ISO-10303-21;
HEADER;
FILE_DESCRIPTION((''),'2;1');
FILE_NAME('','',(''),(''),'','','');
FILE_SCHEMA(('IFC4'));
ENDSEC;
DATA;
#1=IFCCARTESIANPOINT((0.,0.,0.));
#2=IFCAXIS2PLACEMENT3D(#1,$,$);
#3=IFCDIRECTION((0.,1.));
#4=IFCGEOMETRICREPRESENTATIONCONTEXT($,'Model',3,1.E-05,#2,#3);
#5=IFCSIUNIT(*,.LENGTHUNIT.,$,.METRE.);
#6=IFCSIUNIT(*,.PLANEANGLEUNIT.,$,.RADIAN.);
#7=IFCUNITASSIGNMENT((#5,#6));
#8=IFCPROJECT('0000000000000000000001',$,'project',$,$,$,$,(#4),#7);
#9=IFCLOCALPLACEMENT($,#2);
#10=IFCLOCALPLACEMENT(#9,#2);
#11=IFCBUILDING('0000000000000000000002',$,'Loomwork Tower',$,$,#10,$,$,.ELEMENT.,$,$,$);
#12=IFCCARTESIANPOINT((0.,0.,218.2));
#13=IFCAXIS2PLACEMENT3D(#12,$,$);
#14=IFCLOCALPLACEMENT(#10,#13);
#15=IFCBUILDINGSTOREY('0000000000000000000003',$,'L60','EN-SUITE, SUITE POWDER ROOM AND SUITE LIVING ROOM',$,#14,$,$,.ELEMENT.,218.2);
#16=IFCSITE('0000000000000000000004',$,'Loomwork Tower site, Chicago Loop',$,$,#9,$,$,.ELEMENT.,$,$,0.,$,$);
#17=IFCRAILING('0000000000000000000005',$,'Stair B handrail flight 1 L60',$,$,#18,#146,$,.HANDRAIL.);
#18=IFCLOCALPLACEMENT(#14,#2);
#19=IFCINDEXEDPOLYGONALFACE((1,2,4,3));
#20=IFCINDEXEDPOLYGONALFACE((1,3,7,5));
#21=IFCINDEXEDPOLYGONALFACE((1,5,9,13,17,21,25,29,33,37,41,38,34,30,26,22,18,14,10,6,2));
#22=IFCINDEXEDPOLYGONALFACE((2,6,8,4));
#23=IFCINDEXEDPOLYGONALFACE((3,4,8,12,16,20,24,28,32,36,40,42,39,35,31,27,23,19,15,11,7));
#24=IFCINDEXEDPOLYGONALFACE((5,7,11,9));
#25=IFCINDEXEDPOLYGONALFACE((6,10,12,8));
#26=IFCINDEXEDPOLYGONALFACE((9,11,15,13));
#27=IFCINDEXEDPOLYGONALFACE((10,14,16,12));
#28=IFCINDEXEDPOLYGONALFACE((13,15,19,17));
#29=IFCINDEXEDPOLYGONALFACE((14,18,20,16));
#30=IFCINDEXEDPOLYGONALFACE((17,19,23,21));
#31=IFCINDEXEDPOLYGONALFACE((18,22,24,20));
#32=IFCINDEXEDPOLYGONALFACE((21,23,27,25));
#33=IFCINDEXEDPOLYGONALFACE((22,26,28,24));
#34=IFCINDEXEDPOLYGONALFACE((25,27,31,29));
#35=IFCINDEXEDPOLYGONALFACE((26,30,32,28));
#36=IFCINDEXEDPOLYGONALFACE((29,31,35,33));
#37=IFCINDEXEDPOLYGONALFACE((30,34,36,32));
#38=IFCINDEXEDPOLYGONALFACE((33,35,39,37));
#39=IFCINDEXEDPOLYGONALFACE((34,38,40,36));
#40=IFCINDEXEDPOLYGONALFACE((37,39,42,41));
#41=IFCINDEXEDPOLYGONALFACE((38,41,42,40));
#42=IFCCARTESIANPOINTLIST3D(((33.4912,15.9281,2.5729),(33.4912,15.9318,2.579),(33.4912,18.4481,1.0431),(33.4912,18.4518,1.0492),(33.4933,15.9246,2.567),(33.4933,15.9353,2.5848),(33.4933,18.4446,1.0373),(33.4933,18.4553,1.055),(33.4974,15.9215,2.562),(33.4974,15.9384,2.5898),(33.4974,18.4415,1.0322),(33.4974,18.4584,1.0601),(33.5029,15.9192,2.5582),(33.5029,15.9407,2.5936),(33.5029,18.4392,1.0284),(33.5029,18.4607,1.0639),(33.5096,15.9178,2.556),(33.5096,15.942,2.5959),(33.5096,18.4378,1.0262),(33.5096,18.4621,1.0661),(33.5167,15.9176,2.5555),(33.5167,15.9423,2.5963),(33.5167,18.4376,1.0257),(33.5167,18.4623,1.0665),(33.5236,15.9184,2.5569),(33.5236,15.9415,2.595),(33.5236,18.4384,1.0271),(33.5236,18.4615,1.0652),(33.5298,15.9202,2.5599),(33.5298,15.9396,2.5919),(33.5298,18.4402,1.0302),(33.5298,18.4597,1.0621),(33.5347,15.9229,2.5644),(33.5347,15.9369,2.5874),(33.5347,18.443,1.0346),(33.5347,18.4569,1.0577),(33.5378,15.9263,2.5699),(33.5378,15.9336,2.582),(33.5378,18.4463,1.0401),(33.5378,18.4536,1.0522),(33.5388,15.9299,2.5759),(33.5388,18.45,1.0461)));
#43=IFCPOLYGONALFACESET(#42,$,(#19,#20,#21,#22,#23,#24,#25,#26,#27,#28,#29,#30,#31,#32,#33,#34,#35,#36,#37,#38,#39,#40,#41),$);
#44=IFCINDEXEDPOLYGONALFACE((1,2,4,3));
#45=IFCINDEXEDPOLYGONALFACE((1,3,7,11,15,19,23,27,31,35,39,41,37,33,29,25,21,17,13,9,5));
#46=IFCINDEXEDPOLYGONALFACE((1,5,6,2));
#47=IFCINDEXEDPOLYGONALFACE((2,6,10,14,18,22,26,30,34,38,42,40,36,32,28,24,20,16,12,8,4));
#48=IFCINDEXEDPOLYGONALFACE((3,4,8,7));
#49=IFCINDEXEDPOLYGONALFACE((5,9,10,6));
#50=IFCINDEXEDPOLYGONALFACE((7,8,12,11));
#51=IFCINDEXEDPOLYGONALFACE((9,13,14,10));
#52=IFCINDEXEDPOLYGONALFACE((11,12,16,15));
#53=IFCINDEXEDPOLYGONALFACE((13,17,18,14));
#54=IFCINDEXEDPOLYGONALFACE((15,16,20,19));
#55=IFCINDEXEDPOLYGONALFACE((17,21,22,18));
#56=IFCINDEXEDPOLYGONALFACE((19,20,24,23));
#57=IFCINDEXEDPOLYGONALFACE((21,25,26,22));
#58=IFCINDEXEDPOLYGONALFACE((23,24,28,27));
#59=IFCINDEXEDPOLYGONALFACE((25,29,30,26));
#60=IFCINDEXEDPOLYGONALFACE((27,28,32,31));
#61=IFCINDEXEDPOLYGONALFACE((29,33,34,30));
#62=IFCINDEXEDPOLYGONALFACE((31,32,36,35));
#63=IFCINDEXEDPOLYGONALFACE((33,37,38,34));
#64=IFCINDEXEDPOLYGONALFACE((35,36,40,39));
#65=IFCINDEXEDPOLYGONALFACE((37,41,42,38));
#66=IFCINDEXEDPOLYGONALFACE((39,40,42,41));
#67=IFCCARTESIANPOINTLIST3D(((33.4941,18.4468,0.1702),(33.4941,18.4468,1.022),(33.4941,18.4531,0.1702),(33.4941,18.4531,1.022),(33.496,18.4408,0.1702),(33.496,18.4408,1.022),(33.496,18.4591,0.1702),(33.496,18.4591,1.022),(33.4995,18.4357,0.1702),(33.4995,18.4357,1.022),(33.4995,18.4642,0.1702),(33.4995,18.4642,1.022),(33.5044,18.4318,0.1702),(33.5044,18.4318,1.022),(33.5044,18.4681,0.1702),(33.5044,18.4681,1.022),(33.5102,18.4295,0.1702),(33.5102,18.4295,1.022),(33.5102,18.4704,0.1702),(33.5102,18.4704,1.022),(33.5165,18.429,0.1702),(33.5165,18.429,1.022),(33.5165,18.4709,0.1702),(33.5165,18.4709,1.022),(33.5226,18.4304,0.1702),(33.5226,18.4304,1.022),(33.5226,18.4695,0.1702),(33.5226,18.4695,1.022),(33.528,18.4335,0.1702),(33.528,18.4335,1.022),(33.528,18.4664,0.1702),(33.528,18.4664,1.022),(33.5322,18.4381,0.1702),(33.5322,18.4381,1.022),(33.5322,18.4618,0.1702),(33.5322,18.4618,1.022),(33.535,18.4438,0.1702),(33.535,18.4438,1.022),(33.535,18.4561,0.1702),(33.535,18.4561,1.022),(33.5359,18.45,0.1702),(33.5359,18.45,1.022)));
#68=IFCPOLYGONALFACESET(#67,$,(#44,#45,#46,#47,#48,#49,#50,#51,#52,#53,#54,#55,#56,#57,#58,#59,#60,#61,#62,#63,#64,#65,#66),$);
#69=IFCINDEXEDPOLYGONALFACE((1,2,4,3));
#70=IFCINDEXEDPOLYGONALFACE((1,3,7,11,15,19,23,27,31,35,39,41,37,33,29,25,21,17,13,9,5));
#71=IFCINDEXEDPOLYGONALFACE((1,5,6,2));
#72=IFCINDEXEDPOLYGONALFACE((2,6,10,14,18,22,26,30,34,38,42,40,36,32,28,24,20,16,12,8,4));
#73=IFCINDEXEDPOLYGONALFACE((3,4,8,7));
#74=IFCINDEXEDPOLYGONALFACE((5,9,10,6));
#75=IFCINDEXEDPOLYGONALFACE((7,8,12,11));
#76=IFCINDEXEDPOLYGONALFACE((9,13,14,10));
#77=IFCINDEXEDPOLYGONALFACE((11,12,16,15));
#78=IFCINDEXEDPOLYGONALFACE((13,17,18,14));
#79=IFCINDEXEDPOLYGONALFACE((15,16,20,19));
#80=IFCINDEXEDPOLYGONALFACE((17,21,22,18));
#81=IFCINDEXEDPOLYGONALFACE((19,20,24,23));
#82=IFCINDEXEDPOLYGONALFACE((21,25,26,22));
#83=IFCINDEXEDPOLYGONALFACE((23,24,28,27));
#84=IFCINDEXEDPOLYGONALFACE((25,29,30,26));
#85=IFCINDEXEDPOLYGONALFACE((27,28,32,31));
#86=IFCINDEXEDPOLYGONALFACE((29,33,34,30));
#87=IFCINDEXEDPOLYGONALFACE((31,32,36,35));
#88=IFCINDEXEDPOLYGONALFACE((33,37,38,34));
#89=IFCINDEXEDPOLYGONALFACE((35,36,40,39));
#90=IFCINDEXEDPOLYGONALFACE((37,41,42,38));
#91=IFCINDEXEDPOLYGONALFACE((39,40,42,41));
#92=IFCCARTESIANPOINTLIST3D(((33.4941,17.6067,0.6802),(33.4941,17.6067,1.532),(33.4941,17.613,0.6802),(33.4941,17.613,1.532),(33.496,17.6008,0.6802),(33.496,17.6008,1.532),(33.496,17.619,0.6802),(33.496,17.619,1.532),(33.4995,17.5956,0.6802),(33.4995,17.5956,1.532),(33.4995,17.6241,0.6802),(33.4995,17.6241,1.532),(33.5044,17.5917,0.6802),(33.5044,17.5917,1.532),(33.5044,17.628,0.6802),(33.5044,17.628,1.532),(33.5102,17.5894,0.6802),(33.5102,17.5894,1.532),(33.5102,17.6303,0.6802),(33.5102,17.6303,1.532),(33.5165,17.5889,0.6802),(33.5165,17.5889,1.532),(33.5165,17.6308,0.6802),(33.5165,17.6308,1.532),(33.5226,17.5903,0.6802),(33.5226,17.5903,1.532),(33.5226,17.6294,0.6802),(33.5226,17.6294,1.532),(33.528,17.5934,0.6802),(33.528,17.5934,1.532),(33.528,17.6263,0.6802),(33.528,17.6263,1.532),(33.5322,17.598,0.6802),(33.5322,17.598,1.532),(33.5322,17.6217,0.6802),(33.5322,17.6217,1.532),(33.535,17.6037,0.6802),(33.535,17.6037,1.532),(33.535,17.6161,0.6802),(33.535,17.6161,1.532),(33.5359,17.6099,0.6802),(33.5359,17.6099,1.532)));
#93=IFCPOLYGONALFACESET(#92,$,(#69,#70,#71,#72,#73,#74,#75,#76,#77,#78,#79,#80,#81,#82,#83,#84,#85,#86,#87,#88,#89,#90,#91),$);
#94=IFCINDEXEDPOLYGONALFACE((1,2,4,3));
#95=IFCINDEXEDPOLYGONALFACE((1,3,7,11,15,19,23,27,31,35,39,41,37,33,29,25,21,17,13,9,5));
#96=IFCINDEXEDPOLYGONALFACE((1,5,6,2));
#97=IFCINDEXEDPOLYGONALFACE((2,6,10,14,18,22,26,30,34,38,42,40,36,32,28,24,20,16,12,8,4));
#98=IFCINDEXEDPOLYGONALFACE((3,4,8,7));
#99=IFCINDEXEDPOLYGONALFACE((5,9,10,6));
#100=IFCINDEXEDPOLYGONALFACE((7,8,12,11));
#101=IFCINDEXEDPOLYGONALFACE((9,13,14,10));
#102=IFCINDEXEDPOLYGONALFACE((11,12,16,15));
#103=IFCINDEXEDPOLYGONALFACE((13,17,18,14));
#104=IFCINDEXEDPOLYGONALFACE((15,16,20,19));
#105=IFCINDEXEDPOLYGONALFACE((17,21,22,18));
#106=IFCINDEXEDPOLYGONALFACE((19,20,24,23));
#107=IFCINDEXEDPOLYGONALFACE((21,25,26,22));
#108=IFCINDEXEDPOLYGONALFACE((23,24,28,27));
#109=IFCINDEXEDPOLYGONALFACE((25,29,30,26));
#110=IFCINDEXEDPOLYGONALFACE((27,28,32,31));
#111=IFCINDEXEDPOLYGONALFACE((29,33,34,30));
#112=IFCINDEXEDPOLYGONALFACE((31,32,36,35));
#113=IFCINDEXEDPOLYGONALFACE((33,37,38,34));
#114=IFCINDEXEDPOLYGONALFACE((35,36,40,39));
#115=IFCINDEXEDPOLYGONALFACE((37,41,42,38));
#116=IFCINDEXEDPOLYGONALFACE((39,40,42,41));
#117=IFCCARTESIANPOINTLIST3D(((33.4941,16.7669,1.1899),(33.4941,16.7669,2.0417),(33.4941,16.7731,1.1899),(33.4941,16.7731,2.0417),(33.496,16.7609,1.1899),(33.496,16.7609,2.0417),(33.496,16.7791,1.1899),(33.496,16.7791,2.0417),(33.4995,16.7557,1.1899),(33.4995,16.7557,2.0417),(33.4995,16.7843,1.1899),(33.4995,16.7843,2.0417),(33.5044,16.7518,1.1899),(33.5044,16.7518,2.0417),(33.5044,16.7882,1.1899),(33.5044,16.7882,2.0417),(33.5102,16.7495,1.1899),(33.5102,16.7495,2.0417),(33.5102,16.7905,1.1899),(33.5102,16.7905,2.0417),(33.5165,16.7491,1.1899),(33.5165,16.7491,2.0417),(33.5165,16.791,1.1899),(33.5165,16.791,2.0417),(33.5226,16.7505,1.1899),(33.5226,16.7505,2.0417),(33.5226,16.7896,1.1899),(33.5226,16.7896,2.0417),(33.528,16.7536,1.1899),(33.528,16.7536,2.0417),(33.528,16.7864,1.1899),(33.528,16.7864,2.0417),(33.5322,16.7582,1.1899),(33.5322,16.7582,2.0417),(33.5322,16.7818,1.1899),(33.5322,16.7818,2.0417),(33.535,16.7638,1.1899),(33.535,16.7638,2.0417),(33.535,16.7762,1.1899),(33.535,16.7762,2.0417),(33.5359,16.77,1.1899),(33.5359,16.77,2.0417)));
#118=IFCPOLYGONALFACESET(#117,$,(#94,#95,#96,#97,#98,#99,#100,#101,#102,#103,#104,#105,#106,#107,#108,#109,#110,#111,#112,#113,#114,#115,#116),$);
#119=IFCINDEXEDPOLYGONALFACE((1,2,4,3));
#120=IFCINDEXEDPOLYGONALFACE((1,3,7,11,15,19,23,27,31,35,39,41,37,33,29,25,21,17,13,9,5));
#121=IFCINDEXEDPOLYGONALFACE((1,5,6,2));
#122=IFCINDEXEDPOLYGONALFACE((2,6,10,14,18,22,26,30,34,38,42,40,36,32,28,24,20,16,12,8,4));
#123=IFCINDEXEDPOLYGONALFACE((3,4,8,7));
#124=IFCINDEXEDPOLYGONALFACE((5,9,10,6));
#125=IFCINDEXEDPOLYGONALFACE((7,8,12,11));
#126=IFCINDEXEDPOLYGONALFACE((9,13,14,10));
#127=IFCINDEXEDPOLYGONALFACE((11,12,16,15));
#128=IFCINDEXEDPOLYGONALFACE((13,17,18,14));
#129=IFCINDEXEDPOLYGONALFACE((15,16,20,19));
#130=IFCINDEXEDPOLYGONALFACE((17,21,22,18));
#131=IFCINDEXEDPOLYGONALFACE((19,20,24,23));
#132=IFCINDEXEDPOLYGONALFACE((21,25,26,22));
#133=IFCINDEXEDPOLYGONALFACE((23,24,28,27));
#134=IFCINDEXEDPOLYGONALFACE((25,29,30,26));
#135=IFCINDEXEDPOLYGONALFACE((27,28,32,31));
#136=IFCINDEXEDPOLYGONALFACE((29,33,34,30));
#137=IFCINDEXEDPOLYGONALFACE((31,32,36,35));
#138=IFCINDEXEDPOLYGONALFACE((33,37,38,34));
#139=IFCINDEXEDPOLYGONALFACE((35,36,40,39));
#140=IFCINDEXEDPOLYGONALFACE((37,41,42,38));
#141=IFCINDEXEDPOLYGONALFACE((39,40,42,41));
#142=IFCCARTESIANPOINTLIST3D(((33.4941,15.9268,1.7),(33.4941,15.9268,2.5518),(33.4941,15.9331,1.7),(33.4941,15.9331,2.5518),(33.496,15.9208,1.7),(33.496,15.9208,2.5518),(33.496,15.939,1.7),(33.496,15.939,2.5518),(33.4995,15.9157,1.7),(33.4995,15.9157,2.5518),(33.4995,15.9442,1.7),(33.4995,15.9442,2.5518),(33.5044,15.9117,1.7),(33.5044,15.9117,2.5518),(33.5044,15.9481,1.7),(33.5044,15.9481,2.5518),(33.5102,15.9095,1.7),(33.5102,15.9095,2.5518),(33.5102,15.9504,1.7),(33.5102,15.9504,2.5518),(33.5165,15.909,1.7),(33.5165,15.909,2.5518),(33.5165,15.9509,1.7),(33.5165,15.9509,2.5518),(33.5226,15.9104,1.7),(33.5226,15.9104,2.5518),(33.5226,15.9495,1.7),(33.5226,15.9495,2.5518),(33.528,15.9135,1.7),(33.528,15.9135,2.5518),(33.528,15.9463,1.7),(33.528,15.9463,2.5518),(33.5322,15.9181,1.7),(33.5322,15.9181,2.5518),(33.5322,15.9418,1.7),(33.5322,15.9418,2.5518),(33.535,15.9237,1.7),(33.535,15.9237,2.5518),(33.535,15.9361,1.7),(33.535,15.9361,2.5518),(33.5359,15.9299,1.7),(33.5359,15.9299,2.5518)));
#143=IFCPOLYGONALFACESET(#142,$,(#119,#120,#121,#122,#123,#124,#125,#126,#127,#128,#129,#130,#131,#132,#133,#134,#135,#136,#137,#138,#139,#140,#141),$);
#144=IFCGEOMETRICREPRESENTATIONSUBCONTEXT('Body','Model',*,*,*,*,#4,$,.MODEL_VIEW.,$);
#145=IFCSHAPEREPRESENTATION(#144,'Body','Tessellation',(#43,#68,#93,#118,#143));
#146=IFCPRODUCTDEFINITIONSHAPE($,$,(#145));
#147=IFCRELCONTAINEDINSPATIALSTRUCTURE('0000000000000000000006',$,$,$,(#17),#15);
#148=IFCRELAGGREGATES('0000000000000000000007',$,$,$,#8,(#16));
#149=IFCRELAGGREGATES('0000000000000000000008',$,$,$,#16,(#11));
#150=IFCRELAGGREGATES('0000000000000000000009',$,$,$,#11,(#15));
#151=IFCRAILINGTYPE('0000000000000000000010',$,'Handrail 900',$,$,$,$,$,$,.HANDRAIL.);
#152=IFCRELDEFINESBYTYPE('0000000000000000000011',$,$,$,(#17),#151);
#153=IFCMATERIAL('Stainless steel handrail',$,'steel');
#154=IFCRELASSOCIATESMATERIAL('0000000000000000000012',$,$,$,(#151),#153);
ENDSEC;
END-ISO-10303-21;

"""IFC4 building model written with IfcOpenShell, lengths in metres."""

from ifc_helpers import new_model, si_unit, direction, frame, origin, origin_2d, place, context, subcontext, project, spatial, circle, extrude, material, type_object, element, save


model = new_model("IFC4")

# Units and contexts
model_context = context("Model", 3, precision=1e-05, world=origin(), true_north=direction((0.0, 1.0)))
body_context = subcontext(model_context, "Body", "Model", "MODEL_VIEW")
ifc_project = project(units=[si_unit("LENGTHUNIT", "METRE"), si_unit("PLANEANGLEUNIT", "RADIAN")], contexts=[model_context])

# Site, building, storey
site_placement = place(None, origin())
site = spatial("IfcSite", under=ifc_project, at=site_placement, Name="Loomwork Tower site, Chicago Loop", CompositionType="ELEMENT", RefElevation=0.0)
building_placement = place(site_placement, origin())
building = spatial("IfcBuilding", under=site, at=building_placement, Name="Loomwork Tower", CompositionType="ELEMENT")
storey_placement = place(building_placement, frame((0.0, 0.0, 218.2)))
storey = spatial("IfcBuildingStorey", under=building, at=storey_placement, Name="L60", Description="EN-SUITE, SUITE POWDER ROOM AND SUITE LIVING ROOM", CompositionType="ELEMENT", Elevation=218.2)

# Railing
ifc_material_1 = material(Name="Stainless steel handrail", Category="steel")
railing_type = type_object("IfcRailingType", Name="Handrail 900", PredefinedType="HANDRAIL", material=ifc_material_1)
railing_1_placement = place(storey_placement, frame((33.5149, 18.45, 0.1702)))
element("IfcRailing", 1, at=railing_1_placement, inside=storey, type_object=railing_type, Name="Stair B handrail flight 1 L60", PredefinedType="HANDRAIL", context=body_context, shape_type="SweptSolid", body=[
    extrude(circle(Radius=0.0239, at=origin_2d()), frame((0.0, 0.0, 0.876), z_axis=(0.0, -0.854822, 0.518922), x_axis=(1.0, 0.0, 0.0)), (0.0, 0.0, 1.0), 2.948),
    extrude(circle(Radius=0.021, at=origin_2d()), origin(), (0.0, 0.0, 1.0), 0.8518),
    extrude(circle(Radius=0.021, at=origin_2d()), frame((0.0, -0.8401, 0.51)), (0.0, 0.0, 1.0), 0.8518),
    extrude(circle(Radius=0.021, at=origin_2d()), frame((0.0, -1.6799, 1.0198)), (0.0, 0.0, 1.0), 0.8518),
    extrude(circle(Radius=0.021, at=origin_2d()), frame((0.0, -2.52, 1.5298)), (0.0, 0.0, 1.0), 0.8518),
])

save(model, "model.ifc")
